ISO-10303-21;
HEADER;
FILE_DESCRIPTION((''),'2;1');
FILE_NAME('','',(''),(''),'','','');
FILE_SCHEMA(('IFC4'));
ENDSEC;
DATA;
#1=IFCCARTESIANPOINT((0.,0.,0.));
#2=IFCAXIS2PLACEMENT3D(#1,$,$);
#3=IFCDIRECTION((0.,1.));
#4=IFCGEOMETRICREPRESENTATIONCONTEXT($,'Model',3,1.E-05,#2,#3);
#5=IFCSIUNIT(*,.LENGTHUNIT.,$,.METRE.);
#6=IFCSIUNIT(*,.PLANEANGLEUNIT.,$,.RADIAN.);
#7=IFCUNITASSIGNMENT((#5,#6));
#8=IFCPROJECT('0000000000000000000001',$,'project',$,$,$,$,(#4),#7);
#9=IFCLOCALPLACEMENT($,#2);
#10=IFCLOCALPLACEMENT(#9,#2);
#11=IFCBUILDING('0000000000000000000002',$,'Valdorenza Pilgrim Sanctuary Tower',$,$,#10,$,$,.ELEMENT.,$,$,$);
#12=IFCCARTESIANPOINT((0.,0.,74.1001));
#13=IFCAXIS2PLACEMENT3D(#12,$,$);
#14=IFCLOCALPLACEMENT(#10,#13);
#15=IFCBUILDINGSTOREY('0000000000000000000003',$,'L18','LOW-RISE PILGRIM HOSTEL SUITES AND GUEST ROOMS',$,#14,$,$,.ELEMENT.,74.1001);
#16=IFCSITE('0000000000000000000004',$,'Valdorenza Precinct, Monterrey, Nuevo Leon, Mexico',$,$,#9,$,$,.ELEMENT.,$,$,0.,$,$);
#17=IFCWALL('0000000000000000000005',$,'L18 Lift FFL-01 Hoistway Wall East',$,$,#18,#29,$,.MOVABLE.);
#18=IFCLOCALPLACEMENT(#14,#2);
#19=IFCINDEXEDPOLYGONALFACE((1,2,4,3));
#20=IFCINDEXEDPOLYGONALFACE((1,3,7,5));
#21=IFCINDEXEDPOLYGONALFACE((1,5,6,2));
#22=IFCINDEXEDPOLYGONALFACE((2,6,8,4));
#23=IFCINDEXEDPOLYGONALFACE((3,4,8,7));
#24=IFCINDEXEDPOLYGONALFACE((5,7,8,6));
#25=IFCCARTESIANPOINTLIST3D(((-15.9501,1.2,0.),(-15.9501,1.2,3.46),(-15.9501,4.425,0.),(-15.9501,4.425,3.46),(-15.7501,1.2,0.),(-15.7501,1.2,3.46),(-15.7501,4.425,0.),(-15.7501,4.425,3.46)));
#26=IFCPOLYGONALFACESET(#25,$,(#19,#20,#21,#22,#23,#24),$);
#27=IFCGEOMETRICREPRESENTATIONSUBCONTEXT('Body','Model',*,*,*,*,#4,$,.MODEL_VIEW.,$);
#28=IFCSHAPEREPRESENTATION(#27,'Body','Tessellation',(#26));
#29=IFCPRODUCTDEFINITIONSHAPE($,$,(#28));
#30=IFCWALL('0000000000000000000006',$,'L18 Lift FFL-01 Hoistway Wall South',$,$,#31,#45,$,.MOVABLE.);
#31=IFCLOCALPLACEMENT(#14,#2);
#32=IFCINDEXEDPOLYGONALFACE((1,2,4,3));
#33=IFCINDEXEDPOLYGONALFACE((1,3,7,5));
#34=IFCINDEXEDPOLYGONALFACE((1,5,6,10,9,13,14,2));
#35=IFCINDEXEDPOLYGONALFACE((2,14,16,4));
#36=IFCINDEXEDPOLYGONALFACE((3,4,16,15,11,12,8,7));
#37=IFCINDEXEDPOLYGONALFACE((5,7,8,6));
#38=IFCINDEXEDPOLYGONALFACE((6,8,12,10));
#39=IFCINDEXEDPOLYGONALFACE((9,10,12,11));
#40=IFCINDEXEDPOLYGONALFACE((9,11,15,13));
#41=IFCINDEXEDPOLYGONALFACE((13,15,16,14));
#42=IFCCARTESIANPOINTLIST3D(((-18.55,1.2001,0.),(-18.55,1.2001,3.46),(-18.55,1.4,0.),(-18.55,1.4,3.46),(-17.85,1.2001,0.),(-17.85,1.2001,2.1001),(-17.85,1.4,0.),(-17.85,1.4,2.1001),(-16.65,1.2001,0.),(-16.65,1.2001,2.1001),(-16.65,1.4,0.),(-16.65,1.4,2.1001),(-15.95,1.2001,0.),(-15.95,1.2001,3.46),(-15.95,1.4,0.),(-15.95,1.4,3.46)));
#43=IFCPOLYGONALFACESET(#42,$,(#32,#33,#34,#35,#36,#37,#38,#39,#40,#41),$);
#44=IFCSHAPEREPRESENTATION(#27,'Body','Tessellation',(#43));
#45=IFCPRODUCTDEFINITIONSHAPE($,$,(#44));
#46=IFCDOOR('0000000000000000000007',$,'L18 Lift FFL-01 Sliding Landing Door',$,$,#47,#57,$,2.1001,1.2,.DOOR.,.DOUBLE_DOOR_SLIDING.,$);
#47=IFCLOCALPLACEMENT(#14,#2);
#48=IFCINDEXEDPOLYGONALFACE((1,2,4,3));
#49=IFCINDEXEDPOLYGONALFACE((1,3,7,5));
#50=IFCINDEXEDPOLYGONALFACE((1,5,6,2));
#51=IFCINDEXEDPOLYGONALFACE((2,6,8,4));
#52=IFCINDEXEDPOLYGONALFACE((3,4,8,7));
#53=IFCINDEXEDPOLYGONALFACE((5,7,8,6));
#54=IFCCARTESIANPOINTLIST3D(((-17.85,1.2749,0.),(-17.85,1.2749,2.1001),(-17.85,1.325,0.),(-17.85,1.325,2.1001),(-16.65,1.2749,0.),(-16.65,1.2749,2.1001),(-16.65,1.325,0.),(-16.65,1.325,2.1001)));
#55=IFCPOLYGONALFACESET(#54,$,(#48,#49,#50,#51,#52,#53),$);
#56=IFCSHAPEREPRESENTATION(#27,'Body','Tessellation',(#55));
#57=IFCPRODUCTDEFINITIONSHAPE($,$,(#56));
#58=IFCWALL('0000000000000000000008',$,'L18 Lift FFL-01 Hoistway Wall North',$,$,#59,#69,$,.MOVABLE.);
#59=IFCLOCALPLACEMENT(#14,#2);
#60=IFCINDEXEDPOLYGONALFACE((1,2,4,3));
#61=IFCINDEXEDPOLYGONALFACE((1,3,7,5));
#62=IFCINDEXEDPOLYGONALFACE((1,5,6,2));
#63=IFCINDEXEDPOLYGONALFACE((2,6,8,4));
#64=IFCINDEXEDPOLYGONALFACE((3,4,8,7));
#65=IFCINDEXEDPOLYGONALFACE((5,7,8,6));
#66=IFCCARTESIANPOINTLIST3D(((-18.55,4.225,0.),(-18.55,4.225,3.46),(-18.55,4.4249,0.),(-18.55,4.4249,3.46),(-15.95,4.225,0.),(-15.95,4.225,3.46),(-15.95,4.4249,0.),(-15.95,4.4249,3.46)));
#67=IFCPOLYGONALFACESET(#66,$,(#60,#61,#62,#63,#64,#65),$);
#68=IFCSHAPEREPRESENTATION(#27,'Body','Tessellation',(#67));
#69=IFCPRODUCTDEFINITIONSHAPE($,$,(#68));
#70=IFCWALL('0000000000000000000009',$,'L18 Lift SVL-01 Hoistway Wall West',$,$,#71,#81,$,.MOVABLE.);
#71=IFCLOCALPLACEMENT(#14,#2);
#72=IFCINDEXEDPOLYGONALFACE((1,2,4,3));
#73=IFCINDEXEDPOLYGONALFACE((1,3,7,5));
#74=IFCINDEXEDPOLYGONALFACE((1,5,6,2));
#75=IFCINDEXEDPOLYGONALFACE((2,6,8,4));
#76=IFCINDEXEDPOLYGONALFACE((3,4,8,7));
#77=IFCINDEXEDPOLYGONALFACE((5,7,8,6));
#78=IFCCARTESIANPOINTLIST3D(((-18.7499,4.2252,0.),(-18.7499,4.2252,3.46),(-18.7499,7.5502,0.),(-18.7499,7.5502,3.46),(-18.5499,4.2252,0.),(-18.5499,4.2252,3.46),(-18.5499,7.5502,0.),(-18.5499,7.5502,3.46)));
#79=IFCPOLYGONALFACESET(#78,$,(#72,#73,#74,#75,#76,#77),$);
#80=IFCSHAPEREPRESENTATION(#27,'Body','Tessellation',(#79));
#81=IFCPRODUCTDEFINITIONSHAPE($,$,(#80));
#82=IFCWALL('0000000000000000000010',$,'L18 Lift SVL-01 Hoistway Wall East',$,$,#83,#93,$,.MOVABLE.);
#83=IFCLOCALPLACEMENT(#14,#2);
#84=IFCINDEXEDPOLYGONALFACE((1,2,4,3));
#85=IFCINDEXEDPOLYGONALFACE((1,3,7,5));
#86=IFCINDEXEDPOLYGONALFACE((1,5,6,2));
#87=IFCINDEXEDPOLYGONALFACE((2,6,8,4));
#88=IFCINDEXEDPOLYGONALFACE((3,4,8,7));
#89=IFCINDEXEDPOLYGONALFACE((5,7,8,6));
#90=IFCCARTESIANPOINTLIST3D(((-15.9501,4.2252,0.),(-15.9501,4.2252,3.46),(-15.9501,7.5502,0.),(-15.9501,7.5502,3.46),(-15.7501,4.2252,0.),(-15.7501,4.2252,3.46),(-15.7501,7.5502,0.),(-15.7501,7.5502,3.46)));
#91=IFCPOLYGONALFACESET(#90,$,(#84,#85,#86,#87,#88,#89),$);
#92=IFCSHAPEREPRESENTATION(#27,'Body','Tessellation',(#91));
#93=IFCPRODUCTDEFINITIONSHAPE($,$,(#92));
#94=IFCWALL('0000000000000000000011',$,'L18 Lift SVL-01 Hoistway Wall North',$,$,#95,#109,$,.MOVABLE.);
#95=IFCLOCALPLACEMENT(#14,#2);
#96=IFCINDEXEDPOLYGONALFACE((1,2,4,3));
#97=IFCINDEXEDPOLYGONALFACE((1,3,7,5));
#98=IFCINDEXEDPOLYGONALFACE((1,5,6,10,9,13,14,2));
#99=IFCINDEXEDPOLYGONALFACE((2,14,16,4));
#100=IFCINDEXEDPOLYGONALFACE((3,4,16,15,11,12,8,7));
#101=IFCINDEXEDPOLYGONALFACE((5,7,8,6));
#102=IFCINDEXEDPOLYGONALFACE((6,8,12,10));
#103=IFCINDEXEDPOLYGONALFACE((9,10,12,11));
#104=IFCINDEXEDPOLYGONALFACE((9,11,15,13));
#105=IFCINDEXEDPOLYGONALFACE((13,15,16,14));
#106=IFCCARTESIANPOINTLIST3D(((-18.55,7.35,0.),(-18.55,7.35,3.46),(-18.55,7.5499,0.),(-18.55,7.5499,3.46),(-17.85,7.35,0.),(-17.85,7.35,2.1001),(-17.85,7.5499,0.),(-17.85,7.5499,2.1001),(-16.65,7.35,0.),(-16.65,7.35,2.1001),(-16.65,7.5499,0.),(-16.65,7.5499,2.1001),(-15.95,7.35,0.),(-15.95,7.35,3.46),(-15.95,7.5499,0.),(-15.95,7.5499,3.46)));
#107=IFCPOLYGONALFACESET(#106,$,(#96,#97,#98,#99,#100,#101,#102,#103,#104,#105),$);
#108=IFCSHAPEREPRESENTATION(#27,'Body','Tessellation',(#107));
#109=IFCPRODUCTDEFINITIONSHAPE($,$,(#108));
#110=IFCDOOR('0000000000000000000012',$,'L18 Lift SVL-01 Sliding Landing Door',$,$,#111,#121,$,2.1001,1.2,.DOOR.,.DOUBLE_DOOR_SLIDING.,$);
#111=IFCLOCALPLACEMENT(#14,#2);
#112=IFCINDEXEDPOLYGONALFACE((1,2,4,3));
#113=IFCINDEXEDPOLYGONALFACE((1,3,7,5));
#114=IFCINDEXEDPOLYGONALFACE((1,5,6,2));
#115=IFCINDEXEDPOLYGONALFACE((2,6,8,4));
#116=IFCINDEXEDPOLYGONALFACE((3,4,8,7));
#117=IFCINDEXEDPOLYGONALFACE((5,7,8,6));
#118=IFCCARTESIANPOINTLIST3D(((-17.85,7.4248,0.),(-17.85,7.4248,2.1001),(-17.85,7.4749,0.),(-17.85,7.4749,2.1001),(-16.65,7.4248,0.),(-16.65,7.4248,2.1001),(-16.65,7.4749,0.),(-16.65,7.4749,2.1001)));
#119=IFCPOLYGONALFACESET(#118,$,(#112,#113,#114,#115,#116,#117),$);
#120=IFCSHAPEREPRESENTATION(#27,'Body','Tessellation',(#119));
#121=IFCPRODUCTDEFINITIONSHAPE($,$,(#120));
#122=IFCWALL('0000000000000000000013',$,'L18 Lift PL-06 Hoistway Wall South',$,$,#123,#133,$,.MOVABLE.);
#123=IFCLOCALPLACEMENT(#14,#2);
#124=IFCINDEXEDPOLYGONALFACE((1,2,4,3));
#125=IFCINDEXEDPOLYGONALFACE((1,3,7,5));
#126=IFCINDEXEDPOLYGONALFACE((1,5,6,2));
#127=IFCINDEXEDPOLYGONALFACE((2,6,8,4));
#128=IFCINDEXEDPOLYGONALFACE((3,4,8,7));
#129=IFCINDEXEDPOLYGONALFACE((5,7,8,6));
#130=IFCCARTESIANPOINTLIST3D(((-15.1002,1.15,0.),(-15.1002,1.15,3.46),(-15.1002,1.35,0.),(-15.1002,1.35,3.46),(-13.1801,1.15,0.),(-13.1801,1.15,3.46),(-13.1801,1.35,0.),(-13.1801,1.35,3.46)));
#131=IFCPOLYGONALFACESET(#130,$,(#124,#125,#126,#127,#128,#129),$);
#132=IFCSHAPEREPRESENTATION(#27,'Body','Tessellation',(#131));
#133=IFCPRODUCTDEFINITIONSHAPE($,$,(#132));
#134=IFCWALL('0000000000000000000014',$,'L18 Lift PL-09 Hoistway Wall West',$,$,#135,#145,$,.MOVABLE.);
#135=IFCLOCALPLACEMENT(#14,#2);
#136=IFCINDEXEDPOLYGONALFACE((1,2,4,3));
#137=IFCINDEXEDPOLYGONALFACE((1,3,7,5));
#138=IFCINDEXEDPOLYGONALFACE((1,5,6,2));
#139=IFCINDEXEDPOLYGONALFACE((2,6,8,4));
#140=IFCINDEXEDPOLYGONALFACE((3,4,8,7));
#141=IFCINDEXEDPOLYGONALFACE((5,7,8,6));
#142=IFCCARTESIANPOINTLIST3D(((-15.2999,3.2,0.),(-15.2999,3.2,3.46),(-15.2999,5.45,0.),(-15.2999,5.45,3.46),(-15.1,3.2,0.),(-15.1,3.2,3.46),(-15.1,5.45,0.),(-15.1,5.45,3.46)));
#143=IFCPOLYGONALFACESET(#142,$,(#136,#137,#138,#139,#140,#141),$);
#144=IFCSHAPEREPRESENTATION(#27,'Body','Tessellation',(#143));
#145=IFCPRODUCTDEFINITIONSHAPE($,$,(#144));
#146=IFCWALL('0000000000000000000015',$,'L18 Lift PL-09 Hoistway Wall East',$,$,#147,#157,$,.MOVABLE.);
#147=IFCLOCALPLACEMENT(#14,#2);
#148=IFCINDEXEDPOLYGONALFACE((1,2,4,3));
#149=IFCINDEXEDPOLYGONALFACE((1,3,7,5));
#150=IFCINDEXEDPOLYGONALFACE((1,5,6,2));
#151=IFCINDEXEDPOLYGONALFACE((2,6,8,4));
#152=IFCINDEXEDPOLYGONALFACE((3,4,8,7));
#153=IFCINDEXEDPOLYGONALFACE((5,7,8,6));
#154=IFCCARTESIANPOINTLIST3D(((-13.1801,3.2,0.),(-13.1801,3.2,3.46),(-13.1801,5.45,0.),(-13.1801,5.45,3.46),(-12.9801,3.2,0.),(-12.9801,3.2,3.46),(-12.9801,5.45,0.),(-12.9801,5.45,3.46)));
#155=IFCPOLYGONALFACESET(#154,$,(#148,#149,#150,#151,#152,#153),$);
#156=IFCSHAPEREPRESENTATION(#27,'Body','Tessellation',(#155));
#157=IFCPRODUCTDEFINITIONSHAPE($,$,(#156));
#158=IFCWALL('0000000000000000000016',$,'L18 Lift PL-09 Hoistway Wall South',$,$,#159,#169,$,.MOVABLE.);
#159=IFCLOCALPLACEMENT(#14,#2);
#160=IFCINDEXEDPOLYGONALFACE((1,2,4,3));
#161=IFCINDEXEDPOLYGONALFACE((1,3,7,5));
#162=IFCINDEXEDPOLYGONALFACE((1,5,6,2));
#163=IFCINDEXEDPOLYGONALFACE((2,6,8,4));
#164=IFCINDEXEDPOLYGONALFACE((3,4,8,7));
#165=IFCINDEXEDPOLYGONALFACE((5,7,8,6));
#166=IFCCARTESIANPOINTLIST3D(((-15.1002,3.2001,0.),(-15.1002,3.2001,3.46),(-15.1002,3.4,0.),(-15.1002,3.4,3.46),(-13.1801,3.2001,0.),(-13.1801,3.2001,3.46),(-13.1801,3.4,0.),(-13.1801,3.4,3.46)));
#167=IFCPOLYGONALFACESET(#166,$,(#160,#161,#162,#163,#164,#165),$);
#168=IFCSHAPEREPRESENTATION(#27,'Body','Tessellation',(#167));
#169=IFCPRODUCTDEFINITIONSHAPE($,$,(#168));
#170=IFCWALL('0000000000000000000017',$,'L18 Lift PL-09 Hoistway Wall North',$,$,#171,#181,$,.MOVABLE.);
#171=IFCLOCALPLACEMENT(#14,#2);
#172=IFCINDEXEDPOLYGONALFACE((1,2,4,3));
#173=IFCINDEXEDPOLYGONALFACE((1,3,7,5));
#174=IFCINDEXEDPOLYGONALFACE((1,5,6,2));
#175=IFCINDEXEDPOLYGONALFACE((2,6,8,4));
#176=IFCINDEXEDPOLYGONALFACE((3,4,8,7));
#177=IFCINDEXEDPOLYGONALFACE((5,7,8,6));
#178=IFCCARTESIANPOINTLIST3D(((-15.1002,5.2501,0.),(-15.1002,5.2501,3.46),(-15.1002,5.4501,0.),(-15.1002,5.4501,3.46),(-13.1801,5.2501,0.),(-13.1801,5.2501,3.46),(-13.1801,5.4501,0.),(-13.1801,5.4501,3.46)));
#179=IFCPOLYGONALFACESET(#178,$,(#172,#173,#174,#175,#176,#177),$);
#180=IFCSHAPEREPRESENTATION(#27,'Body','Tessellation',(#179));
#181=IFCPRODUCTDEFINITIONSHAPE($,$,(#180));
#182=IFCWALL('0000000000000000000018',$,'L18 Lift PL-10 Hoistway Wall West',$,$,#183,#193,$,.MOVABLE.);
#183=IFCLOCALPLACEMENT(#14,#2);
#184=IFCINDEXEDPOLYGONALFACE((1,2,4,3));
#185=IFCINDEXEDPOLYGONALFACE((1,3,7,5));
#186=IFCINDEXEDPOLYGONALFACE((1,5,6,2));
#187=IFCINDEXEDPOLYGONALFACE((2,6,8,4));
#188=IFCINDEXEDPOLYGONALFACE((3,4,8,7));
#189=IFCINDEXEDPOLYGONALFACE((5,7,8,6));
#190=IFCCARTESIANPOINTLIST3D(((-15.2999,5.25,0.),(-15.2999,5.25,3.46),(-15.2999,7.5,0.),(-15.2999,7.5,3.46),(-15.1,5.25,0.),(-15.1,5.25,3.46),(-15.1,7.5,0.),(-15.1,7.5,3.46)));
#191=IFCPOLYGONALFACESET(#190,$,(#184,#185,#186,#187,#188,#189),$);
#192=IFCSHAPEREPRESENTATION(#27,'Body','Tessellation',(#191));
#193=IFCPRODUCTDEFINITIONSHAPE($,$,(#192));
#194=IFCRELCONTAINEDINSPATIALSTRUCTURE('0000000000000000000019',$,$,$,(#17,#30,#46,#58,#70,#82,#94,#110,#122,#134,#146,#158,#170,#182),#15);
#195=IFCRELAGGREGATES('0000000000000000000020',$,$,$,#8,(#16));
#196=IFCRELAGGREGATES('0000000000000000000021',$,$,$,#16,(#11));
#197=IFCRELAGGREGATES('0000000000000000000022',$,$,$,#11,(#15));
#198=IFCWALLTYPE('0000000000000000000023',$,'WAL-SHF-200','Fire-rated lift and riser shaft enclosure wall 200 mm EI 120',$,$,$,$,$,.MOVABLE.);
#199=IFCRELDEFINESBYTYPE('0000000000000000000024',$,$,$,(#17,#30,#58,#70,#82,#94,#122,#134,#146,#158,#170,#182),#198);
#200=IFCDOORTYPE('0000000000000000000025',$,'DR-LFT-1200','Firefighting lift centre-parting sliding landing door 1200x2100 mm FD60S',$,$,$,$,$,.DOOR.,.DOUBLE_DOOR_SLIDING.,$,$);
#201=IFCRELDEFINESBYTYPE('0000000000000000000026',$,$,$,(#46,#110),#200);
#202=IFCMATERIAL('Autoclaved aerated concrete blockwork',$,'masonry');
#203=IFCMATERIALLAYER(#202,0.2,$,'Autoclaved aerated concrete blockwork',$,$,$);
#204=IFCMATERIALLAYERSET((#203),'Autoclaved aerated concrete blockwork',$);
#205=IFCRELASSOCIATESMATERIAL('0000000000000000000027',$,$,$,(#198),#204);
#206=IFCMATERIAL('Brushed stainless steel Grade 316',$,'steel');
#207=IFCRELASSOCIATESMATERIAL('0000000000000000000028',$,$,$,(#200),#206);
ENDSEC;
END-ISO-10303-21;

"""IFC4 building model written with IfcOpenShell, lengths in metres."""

from ifc_helpers import new_model, si_unit, direction, frame, frame_2d, origin, place, context, subcontext, project, spatial, rectangle, extrude, material, layer, layer_set, type_object, element, fill, save


model = new_model("IFC4")

# Units and contexts
model_context = context("Model", 3, precision=1e-05, world=origin(), true_north=direction((0.0, 1.0)))
body_context = subcontext(model_context, "Body", "Model", "MODEL_VIEW")
ifc_project = project(units=[si_unit("LENGTHUNIT", "METRE"), si_unit("PLANEANGLEUNIT", "RADIAN")], contexts=[model_context])

# Site, building, storey
site_placement = place(None, origin())
site = spatial("IfcSite", under=ifc_project, at=site_placement, Name="Valdorenza Precinct, Monterrey, Nuevo Leon, Mexico", CompositionType="ELEMENT", RefElevation=0.0)
building_placement = place(site_placement, origin())
building = spatial("IfcBuilding", under=site, at=building_placement, Name="Valdorenza Pilgrim Sanctuary Tower", CompositionType="ELEMENT")
storey_placement = place(building_placement, frame((0.0, 0.0, 74.1001)))
storey = spatial("IfcBuildingStorey", under=building, at=storey_placement, Name="L18", Description="LOW-RISE PILGRIM HOSTEL SUITES AND GUEST ROOMS", CompositionType="ELEMENT", Elevation=74.1001)

# Wall
ifc_material_1 = material(Name="Autoclaved aerated concrete blockwork", Category="masonry")
ifc_layer_1 = layer(ifc_material_1, 0.2, Name="Autoclaved aerated concrete blockwork")
ifc_layer_set_1 = layer_set([ifc_layer_1], Name="Autoclaved aerated concrete blockwork")
wall_type_1 = type_object("IfcWallType", Name="WAL-SHF-200", Description="Fire-rated lift and riser shaft enclosure wall 200 mm EI 120", PredefinedType="MOVABLE", material=ifc_layer_set_1)
wall_1_placement = place(storey_placement, frame((-15.8501, 1.2, 0.0), z_axis=(0.0, 0.0, 1.0), x_axis=(0.0, 1.0, 0.0)))
element("IfcWall", 1, at=wall_1_placement, inside=storey, type_object=wall_type_1, Name="L18 Lift FFL-01 Hoistway Wall East", PredefinedType="MOVABLE", context=body_context, shape_type="SweptSolid", body=[
    extrude(rectangle(XDim=3.2251, YDim=0.2, at=frame_2d((1.6125, 0.0))), origin(), (0.0, 0.0, 1.0), 3.46),
])

# Wall, opening, door
wall_2_placement = place(storey_placement, frame((-18.55, 1.3, 0.0), z_axis=(0.0, 0.0, 1.0), x_axis=(1.0, 0.0, 0.0)))
wall_2 = element("IfcWall", 2, at=wall_2_placement, inside=storey, type_object=wall_type_1, Name="L18 Lift FFL-01 Hoistway Wall South", PredefinedType="MOVABLE", context=body_context, shape_type="SweptSolid", body=[
    extrude(rectangle(XDim=2.6001, YDim=0.2, at=frame_2d((1.3, 0.0))), origin(), (0.0, 0.0, 1.0), 3.46),
])
opening_1_placement = place(wall_2_placement, frame((0.7, 0.0, 0.0)))
opening_1 = element("IfcOpeningElement", 3, at=opening_1_placement, cuts=wall_2, PredefinedType="OPENING", context=body_context, shape_type="SweptSolid", body=[
    extrude(rectangle(XDim=1.2, YDim=2.1001, at=frame_2d((0.6001, 1.05))), frame((0.0, 0.1147, 0.0), z_axis=(0.0, -1.0, 0.0), x_axis=(1.0, 0.0, 0.0)), (0.0, 0.0, 1.0), 0.2297),
])
ifc_material_2 = material(Name="Brushed stainless steel Grade 316", Category="steel")
door_type_1 = type_object("IfcDoorType", Name="DR-LFT-1200", Description="Firefighting lift centre-parting sliding landing door 1200x2100 mm FD60S", OperationType="DOUBLE_DOOR_SLIDING", PredefinedType="DOOR", material=ifc_material_2)
door_1_placement = place(opening_1_placement, origin())
door_1 = element("IfcDoor", 4, at=door_1_placement, inside=storey, type_object=door_type_1, Name="L18 Lift FFL-01 Sliding Landing Door", OperationType="DOUBLE_DOOR_SLIDING", OverallHeight=2.1001, OverallWidth=1.2, PredefinedType="DOOR", context=body_context, shape_type="SweptSolid", body=[
    extrude(rectangle(XDim=1.2, YDim=2.1001, at=frame_2d((0.6001, 1.05))), frame((0.0, 0.0249, 0.0), z_axis=(0.0, -1.0, 0.0), x_axis=(1.0, 0.0, 0.0)), (0.0, 0.0, 1.0), 0.05),
])
fill(opening_1, door_1)

# Walls
wall_3_placement = place(storey_placement, frame((-18.55, 4.325, 0.0), z_axis=(0.0, 0.0, 1.0), x_axis=(1.0, 0.0, 0.0)))
element("IfcWall", 5, at=wall_3_placement, inside=storey, type_object=wall_type_1, Name="L18 Lift FFL-01 Hoistway Wall North", PredefinedType="MOVABLE", context=body_context, shape_type="SweptSolid", body=[
    extrude(rectangle(XDim=2.6001, YDim=0.2, at=frame_2d((1.3, 0.0))), origin(), (0.0, 0.0, 1.0), 3.46),
])
for number, where, z_axis, x_axis, name in (
    (6, (-18.6499, 4.2251, 0.0), (0.0, 0.0, 1.0), (0.0, 1.0, 0.0), "L18 Lift SVL-01 Hoistway Wall West"),
    (7, (-15.8501, 4.2251, 0.0), (0.0, 0.0, 1.0), (0.0, 1.0, 0.0), "L18 Lift SVL-01 Hoistway Wall East"),
):
    element("IfcWall", number, at=place(storey_placement, frame(where, z_axis=z_axis, x_axis=x_axis)), inside=storey, type_object=wall_type_1, Name=name, PredefinedType="MOVABLE", context=body_context, shape_type="SweptSolid", body=[
        extrude(rectangle(XDim=3.325, YDim=0.2, at=frame_2d((1.6626, 0.0))), origin(), (0.0, 0.0, 1.0), 3.46),
    ])

# Wall, opening, door
wall_4_placement = place(storey_placement, frame((-18.55, 7.45, 0.0), z_axis=(0.0, 0.0, 1.0), x_axis=(1.0, 0.0, 0.0)))
wall_4 = element("IfcWall", 8, at=wall_4_placement, inside=storey, type_object=wall_type_1, Name="L18 Lift SVL-01 Hoistway Wall North", PredefinedType="MOVABLE", context=body_context, shape_type="SweptSolid", body=[
    extrude(rectangle(XDim=2.6001, YDim=0.2, at=frame_2d((1.3, 0.0))), origin(), (0.0, 0.0, 1.0), 3.46),
])
opening_2_placement = place(wall_4_placement, frame((0.7, 0.0, 0.0)))
opening_2 = element("IfcOpeningElement", 9, at=opening_2_placement, cuts=wall_4, PredefinedType="OPENING", context=body_context, shape_type="SweptSolid", body=[
    extrude(rectangle(XDim=1.2, YDim=2.1001, at=frame_2d((0.6001, 1.05))), frame((0.0, 0.1147, 0.0), z_axis=(0.0, -1.0, 0.0), x_axis=(1.0, 0.0, 0.0)), (0.0, 0.0, 1.0), 0.2297),
])
door_2_placement = place(opening_2_placement, origin())
door_2 = element("IfcDoor", 10, at=door_2_placement, inside=storey, type_object=door_type_1, Name="L18 Lift SVL-01 Sliding Landing Door", OperationType="DOUBLE_DOOR_SLIDING", OverallHeight=2.1001, OverallWidth=1.2, PredefinedType="DOOR", context=body_context, shape_type="SweptSolid", body=[
    extrude(rectangle(XDim=1.2, YDim=2.1001, at=frame_2d((0.6001, 1.05))), frame((0.0, 0.0249, 0.0), z_axis=(0.0, -1.0, 0.0), x_axis=(1.0, 0.0, 0.0)), (0.0, 0.0, 1.0), 0.05),
])
fill(opening_2, door_2)

# Walls
wall_5_placement = place(storey_placement, frame((-15.1001, 1.25, 0.0), z_axis=(0.0, 0.0, 1.0), x_axis=(1.0, 0.0, 0.0)))
element("IfcWall", 11, at=wall_5_placement, inside=storey, type_object=wall_type_1, Name="L18 Lift PL-06 Hoistway Wall South", PredefinedType="MOVABLE", context=body_context, shape_type="SweptSolid", body=[
    extrude(rectangle(XDim=1.9202, YDim=0.2, at=frame_2d((0.96, 0.0))), origin(), (0.0, 0.0, 1.0), 3.46),
])
for number, where, z_axis, x_axis, name in (
    (12, (-15.2, 3.2, 0.0), (0.0, 0.0, 1.0), (0.0, 1.0, 0.0), "L18 Lift PL-09 Hoistway Wall West"),
    (13, (-13.0801, 3.2, 0.0), (0.0, 0.0, 1.0), (0.0, 1.0, 0.0), "L18 Lift PL-09 Hoistway Wall East"),
):
    element("IfcWall", number, at=place(storey_placement, frame(where, z_axis=z_axis, x_axis=x_axis)), inside=storey, type_object=wall_type_1, Name=name, PredefinedType="MOVABLE", context=body_context, shape_type="SweptSolid", body=[
        extrude(rectangle(XDim=2.25, YDim=0.2, at=frame_2d((1.125, 0.0))), origin(), (0.0, 0.0, 1.0), 3.46),
    ])
for number, where, z_axis, x_axis, name in (
    (14, (-15.1001, 3.3, 0.0), (0.0, 0.0, 1.0), (1.0, 0.0, 0.0), "L18 Lift PL-09 Hoistway Wall South"),
    (15, (-15.1001, 5.3501, 0.0), (0.0, 0.0, 1.0), (1.0, 0.0, 0.0), "L18 Lift PL-09 Hoistway Wall North"),
):
    element("IfcWall", number, at=place(storey_placement, frame(where, z_axis=z_axis, x_axis=x_axis)), inside=storey, type_object=wall_type_1, Name=name, PredefinedType="MOVABLE", context=body_context, shape_type="SweptSolid", body=[
        extrude(rectangle(XDim=1.9202, YDim=0.2, at=frame_2d((0.96, 0.0))), origin(), (0.0, 0.0, 1.0), 3.46),
    ])
for number, where, z_axis, x_axis, name in (
    (16, (-15.2, 5.25, 0.0), (0.0, 0.0, 1.0), (0.0, 1.0, 0.0), "L18 Lift PL-10 Hoistway Wall West"),
):
    element("IfcWall", number, at=place(storey_placement, frame(where, z_axis=z_axis, x_axis=x_axis)), inside=storey, type_object=wall_type_1, Name=name, PredefinedType="MOVABLE", context=body_context, shape_type="SweptSolid", body=[
        extrude(rectangle(XDim=2.25, YDim=0.2, at=frame_2d((1.125, 0.0))), origin(), (0.0, 0.0, 1.0), 3.46),
    ])

save(model, "model.ifc")
